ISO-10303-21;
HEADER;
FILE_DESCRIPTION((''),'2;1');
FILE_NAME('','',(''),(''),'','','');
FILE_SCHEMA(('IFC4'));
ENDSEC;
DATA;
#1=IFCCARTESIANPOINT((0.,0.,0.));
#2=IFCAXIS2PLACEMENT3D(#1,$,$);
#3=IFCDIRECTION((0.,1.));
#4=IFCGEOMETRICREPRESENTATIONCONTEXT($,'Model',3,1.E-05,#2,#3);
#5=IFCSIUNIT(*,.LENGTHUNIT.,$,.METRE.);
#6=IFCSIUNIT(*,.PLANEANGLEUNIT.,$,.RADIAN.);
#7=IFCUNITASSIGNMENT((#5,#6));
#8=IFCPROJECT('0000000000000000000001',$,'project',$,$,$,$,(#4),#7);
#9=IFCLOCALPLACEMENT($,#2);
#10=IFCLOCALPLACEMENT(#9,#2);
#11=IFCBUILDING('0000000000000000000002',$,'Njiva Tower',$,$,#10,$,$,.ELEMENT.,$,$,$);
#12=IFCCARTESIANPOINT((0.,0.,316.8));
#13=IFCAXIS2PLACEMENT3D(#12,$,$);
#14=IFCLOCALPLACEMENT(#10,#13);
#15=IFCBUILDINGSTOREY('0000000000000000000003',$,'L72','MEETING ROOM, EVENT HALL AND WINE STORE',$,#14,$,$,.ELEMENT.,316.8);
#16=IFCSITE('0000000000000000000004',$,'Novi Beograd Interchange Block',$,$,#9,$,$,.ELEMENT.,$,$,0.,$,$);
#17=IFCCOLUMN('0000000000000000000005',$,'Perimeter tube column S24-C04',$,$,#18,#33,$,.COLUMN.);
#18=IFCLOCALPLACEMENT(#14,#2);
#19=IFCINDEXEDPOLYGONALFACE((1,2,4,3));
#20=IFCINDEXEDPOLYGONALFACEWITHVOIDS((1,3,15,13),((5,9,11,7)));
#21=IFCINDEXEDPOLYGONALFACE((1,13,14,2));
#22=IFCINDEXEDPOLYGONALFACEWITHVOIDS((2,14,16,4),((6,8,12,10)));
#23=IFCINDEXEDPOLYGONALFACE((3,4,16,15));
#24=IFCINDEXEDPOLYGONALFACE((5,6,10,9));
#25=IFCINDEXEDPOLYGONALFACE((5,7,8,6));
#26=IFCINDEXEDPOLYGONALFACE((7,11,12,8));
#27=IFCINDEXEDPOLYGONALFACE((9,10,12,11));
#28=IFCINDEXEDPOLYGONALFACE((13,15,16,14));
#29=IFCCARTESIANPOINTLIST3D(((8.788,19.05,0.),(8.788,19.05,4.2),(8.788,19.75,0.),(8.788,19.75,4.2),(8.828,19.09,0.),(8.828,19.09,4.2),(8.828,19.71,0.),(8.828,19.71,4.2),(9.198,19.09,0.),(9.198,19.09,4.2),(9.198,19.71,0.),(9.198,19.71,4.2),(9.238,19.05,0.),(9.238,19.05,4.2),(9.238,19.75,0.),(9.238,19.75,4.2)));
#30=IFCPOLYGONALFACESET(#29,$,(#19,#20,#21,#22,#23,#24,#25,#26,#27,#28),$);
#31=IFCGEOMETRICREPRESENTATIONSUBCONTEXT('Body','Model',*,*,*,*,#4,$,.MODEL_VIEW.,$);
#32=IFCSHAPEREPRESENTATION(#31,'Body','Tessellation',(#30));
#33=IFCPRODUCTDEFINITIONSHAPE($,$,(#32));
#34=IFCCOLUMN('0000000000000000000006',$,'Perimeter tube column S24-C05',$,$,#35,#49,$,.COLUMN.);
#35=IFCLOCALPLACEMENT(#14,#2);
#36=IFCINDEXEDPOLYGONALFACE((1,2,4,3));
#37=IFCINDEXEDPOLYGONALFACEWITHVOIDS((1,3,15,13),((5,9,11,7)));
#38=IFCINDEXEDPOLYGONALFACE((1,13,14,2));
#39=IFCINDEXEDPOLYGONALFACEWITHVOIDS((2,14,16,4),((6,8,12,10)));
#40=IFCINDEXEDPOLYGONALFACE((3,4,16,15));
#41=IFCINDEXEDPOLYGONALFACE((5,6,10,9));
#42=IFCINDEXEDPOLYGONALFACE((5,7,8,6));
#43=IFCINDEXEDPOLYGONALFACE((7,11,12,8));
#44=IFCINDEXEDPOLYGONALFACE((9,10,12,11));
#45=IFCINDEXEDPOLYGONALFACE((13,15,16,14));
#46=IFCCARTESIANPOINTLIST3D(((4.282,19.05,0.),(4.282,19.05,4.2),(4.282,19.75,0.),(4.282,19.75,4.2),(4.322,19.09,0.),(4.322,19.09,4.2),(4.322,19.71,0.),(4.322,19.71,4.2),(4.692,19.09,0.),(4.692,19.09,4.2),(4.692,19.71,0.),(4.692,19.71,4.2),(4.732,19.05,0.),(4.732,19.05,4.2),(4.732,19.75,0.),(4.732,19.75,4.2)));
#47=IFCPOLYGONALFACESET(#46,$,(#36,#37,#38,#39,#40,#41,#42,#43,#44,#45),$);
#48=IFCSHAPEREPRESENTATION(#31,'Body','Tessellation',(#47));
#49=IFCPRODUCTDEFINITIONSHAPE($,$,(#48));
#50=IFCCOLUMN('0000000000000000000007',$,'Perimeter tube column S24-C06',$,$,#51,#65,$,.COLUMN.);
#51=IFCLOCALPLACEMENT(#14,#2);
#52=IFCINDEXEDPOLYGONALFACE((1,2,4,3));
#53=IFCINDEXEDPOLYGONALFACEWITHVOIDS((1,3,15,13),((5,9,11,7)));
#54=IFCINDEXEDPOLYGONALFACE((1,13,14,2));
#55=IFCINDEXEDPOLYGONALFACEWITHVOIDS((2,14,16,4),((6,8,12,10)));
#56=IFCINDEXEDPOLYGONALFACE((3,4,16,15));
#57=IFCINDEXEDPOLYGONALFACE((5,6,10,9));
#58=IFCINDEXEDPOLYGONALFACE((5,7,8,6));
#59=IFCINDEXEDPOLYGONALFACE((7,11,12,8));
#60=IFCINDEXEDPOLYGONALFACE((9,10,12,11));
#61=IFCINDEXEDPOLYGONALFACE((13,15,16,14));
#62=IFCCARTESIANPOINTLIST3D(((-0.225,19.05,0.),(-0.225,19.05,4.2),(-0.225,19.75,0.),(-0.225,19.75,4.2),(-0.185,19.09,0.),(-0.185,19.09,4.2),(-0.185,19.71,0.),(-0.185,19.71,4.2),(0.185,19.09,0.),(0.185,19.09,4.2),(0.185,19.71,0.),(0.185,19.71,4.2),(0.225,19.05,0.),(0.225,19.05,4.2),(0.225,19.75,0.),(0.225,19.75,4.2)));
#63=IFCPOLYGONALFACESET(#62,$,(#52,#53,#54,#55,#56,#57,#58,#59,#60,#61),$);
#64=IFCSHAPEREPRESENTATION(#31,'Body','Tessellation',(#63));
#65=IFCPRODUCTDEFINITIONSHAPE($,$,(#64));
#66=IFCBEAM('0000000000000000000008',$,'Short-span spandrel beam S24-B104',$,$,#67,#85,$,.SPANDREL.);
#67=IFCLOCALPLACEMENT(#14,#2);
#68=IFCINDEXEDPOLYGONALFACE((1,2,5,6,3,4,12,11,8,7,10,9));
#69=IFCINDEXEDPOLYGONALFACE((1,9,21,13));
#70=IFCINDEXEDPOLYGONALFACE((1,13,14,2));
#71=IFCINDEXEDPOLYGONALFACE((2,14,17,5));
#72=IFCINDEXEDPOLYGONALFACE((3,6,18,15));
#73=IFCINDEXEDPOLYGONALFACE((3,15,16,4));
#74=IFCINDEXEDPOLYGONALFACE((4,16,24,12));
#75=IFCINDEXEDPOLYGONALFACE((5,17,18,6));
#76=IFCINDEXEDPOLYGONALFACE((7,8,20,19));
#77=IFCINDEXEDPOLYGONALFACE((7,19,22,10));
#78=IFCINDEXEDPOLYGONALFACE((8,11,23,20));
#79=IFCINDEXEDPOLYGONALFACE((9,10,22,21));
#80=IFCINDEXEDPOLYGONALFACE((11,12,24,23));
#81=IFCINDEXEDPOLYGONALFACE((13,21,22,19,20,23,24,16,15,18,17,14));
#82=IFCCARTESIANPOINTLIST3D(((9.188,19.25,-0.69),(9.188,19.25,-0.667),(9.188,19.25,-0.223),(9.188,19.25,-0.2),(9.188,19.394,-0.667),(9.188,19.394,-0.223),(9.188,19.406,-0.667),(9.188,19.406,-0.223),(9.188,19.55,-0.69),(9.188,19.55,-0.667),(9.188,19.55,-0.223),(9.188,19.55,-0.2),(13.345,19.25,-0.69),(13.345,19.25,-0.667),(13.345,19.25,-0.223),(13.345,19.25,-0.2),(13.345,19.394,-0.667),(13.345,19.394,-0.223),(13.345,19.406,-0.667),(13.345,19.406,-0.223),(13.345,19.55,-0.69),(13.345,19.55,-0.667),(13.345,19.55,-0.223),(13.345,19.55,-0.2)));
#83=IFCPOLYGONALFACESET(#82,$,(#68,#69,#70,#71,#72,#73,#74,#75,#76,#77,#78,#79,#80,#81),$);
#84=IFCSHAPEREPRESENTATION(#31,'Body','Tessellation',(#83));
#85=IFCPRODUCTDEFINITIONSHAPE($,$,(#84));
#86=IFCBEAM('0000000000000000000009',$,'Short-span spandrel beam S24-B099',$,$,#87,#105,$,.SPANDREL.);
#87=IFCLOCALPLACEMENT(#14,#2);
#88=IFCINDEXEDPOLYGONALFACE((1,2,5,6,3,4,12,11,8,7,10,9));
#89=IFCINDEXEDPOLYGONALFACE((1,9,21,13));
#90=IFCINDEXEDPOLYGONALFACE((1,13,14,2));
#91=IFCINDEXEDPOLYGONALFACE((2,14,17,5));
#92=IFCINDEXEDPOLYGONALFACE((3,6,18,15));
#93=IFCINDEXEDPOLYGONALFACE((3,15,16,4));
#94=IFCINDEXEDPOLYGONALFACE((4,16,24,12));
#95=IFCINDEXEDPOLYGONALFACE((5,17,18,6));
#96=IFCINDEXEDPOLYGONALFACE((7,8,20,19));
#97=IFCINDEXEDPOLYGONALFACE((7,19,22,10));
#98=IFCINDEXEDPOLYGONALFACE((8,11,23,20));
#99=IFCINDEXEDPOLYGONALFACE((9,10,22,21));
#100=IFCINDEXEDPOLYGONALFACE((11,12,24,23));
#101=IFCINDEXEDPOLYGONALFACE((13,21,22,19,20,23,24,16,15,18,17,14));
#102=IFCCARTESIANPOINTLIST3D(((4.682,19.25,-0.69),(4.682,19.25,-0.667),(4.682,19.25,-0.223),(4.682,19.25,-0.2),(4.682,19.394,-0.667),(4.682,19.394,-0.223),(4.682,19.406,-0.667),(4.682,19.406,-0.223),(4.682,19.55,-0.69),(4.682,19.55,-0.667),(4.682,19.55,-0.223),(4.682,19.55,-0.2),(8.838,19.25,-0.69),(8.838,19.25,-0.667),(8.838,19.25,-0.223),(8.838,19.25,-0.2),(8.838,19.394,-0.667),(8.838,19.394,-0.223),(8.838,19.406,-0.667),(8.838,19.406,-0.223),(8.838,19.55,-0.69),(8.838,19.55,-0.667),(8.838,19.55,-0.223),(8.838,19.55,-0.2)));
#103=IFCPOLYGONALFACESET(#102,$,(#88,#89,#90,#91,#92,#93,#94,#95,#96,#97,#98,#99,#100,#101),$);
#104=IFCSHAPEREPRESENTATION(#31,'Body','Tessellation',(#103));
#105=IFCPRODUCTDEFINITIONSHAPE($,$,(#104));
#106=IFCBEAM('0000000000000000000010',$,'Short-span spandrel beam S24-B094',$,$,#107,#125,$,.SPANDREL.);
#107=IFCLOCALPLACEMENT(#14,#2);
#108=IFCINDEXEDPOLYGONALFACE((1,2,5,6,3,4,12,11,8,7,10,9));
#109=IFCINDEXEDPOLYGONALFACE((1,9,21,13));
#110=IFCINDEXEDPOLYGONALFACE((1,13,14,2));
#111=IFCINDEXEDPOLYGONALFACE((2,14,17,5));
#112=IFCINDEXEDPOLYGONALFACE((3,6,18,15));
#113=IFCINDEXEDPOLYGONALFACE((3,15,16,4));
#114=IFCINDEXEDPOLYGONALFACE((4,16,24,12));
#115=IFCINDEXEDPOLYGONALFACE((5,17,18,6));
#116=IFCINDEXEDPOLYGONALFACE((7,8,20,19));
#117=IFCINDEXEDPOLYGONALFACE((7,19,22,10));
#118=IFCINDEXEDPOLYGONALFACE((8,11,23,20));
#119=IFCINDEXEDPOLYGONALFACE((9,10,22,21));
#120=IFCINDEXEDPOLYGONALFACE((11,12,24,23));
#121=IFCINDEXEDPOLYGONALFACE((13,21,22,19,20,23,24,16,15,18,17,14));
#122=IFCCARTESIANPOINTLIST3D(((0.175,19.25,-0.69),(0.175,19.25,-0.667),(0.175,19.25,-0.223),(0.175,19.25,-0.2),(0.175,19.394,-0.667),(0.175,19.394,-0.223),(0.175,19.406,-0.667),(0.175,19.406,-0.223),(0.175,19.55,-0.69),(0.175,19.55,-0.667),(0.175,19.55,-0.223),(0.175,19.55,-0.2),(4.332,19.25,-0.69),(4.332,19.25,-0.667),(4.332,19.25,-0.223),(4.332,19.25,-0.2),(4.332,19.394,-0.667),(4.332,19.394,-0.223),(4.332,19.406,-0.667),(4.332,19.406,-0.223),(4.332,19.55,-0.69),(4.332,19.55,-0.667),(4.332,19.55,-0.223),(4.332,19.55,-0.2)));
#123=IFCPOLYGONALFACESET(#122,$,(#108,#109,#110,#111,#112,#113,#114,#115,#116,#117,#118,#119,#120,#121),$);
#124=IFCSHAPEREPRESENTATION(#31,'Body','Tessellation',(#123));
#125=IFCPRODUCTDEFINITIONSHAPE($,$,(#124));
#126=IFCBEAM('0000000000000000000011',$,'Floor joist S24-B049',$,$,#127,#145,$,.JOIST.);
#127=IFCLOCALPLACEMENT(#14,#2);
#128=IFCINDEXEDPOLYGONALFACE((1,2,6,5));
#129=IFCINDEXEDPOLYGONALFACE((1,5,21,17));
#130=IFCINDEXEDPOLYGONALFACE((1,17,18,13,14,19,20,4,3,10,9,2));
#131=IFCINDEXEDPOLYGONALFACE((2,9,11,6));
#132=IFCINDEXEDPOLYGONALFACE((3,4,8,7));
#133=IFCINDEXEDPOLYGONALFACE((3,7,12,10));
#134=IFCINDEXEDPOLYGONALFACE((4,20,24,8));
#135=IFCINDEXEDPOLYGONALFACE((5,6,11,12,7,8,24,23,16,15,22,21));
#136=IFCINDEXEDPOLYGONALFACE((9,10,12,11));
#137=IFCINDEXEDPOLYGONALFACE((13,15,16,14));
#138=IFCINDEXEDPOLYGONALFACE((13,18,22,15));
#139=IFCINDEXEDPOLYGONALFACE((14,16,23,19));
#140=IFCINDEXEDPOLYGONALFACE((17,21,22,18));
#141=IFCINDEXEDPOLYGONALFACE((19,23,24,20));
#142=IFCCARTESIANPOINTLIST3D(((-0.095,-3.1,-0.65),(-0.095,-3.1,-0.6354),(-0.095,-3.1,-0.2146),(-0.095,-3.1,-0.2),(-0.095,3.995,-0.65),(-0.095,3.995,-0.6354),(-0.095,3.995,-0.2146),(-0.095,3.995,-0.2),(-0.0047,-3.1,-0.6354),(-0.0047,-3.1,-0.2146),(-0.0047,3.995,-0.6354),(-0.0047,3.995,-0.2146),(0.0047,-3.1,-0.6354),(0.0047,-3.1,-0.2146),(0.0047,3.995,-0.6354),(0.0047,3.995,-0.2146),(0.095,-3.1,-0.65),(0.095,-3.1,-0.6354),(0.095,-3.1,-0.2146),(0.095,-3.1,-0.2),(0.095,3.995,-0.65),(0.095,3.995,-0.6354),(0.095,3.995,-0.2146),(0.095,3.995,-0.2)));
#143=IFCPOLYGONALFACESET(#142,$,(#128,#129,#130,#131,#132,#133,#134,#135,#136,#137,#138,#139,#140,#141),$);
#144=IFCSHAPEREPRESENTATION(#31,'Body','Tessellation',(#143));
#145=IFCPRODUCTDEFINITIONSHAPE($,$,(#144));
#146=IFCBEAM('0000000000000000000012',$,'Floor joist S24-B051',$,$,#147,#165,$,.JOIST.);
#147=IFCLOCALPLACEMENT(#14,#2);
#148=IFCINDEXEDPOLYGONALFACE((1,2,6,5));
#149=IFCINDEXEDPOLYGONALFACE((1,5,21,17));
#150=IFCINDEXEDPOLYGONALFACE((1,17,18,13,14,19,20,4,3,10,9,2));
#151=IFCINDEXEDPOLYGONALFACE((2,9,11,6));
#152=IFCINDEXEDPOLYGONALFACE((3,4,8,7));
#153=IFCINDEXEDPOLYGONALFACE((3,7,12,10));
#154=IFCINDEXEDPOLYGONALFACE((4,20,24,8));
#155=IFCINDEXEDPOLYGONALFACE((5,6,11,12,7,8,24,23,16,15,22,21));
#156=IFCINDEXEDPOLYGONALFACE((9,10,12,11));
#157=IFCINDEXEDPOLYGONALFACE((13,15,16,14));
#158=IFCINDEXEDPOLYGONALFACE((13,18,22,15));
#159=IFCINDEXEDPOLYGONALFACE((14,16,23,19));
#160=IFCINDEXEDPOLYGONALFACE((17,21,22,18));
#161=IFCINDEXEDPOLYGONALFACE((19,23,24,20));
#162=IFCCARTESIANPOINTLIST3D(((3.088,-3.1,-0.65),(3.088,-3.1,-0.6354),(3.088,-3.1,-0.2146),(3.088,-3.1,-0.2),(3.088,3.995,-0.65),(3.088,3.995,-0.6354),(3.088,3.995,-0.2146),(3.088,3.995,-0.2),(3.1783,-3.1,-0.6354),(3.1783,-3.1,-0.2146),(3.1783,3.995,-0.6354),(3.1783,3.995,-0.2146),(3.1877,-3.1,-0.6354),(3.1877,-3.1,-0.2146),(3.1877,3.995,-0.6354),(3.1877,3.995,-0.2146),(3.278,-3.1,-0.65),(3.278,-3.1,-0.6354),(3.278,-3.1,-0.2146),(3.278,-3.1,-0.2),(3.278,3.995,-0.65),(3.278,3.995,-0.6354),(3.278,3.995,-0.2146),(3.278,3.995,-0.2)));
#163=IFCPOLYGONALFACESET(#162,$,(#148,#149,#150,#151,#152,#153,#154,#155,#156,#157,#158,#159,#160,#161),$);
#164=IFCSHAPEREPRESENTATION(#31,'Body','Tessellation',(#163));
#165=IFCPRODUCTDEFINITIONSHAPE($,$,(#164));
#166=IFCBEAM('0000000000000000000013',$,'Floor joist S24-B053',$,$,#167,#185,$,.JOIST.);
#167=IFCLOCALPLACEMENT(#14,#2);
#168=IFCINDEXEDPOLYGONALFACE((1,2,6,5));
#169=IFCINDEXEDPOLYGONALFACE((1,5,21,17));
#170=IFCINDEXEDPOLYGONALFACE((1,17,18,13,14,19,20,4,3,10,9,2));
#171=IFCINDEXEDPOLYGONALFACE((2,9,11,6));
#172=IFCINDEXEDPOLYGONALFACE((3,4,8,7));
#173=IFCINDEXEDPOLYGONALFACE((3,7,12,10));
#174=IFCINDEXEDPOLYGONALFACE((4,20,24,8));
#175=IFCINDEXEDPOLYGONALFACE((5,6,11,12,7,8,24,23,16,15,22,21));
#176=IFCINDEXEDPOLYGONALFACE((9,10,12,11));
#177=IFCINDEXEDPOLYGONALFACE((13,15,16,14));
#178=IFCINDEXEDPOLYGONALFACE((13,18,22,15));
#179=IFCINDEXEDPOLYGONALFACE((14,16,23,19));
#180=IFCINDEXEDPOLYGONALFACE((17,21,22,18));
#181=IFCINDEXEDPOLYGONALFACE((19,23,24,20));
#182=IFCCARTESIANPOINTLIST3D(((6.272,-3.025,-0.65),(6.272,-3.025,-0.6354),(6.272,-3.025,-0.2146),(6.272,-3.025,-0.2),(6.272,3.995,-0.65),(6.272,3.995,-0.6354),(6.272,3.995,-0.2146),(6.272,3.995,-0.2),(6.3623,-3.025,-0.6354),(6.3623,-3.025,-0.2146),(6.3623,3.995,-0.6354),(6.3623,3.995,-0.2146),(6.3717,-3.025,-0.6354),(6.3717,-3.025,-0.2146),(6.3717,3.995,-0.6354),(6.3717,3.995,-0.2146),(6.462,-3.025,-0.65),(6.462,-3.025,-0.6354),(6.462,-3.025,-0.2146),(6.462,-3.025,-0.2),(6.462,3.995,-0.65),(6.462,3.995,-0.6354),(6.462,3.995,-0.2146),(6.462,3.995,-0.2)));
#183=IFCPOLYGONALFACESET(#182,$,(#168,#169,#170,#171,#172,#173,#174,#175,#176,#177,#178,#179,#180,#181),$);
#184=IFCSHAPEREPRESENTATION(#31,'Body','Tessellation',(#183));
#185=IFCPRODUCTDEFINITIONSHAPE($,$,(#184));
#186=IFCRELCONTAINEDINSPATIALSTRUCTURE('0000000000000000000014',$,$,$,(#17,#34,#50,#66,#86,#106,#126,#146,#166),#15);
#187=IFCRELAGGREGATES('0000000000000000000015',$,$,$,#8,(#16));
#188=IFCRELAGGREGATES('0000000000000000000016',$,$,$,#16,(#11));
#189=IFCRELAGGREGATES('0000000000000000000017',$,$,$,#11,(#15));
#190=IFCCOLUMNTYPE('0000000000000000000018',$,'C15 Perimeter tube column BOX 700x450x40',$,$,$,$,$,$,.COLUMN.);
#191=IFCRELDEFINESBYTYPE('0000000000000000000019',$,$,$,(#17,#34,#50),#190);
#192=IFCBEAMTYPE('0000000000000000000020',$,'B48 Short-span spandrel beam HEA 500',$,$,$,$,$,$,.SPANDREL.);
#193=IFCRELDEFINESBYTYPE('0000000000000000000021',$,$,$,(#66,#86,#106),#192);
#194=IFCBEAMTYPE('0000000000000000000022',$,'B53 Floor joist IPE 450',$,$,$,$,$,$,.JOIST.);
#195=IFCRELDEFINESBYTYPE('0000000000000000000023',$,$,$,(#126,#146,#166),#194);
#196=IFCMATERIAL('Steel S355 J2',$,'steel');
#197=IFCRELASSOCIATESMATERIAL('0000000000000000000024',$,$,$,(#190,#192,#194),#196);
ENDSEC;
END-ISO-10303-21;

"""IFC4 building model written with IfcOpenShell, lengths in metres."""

from ifc_helpers import new_model, si_unit, direction, frame, origin, origin_2d, place, context, subcontext, project, spatial, hollow_rectangle, i_section, extrude, material, material_profile, profile_set, type_object, element, save


model = new_model("IFC4")

# Units and contexts
model_context = context("Model", 3, precision=1e-05, world=origin(), true_north=direction((0.0, 1.0)))
body_context = subcontext(model_context, "Body", "Model", "MODEL_VIEW")
ifc_project = project(units=[si_unit("LENGTHUNIT", "METRE"), si_unit("PLANEANGLEUNIT", "RADIAN")], contexts=[model_context])

# Site, building, storey
site_placement = place(None, origin())
site = spatial("IfcSite", under=ifc_project, at=site_placement, Name="Novi Beograd Interchange Block", CompositionType="ELEMENT", RefElevation=0.0)
building_placement = place(site_placement, origin())
building = spatial("IfcBuilding", under=site, at=building_placement, Name="Njiva Tower", CompositionType="ELEMENT")
storey_placement = place(building_placement, frame((0.0, 0.0, 316.8)))
storey = spatial("IfcBuildingStorey", under=building, at=storey_placement, Name="L72", Description="MEETING ROOM, EVENT HALL AND WINE STORE", CompositionType="ELEMENT", Elevation=316.8)

# Columns
ifc_material_1 = material(Name="Steel S355 J2", Category="steel")
ifc_material_profile_1 = material_profile(ifc_material_1, hollow_rectangle(XDim=0.45, YDim=0.7, WallThickness=0.04, at=origin_2d()), Name="BOX 700x450x40")
ifc_profile_set_1 = profile_set([ifc_material_profile_1], Name="Steel S355 J2")
column_type = type_object("IfcColumnType", Name="C15 Perimeter tube column BOX 700x450x40", PredefinedType="COLUMN", material=ifc_profile_set_1)
for number, where, z_axis, x_axis, name in (
    (1, (9.013, 19.4, 0.0), (0.0, 0.0, 1.0), (-1.0, 0.0, 0.0), "Perimeter tube column S24-C04"),
    (2, (4.507, 19.4, 0.0), (0.0, 0.0, 1.0), (-1.0, 0.0, 0.0), "Perimeter tube column S24-C05"),
    (3, (0.0, 19.4, 0.0), (0.0, 0.0, 1.0), (-1.0, 0.0, 0.0), "Perimeter tube column S24-C06"),
):
    element("IfcColumn", number, at=place(storey_placement, frame(where, z_axis=z_axis, x_axis=x_axis)), inside=storey, type_object=column_type, Name=name, PredefinedType="COLUMN", context=body_context, shape_type="SweptSolid", body=[
        extrude(hollow_rectangle(XDim=0.45, YDim=0.7, WallThickness=0.04, at=origin_2d()), origin(), (0.0, 0.0, 1.0), 4.2),
    ])

# Beams
ifc_material_profile_2 = material_profile(ifc_material_1, i_section(OverallWidth=0.3, OverallDepth=0.49, WebThickness=0.012, FlangeThickness=0.023, at=origin_2d()), Name="HEA 500")
ifc_profile_set_2 = profile_set([ifc_material_profile_2], Name="Steel S355 J2")
beam_type_1 = type_object("IfcBeamType", Name="B48 Short-span spandrel beam HEA 500", PredefinedType="SPANDREL", material=ifc_profile_set_2)
beam_1_placement = place(storey_placement, frame((13.345, 19.4, -0.445), z_axis=(-1.0, 0.0, 0.0), x_axis=(0.0, -1.0, 0.0)))
element("IfcBeam", 4, at=beam_1_placement, inside=storey, type_object=beam_type_1, Name="Short-span spandrel beam S24-B104", PredefinedType="SPANDREL", context=body_context, shape_type="SweptSolid", body=[
    extrude(i_section(OverallWidth=0.3, OverallDepth=0.49, WebThickness=0.012, FlangeThickness=0.023, at=origin_2d()), origin(), (0.0, 0.0, 1.0), 4.157),
])
beam_2_placement = place(storey_placement, frame((8.838, 19.4, -0.445), z_axis=(-1.0, 0.0, 0.0), x_axis=(0.0, -1.0, 0.0)))
element("IfcBeam", 5, at=beam_2_placement, inside=storey, type_object=beam_type_1, Name="Short-span spandrel beam S24-B099", PredefinedType="SPANDREL", context=body_context, shape_type="SweptSolid", body=[
    extrude(i_section(OverallWidth=0.3, OverallDepth=0.49, WebThickness=0.012, FlangeThickness=0.023, at=origin_2d()), origin(), (0.0, 0.0, 1.0), 4.156),
])
beam_3_placement = place(storey_placement, frame((4.332, 19.4, -0.445), z_axis=(-1.0, 0.0, 0.0), x_axis=(0.0, -1.0, 0.0)))
element("IfcBeam", 6, at=beam_3_placement, inside=storey, type_object=beam_type_1, Name="Short-span spandrel beam S24-B094", PredefinedType="SPANDREL", context=body_context, shape_type="SweptSolid", body=[
    extrude(i_section(OverallWidth=0.3, OverallDepth=0.49, WebThickness=0.012, FlangeThickness=0.023, at=origin_2d()), origin(), (0.0, 0.0, 1.0), 4.157),
])
ifc_material_profile_3 = material_profile(ifc_material_1, i_section(OverallWidth=0.19, OverallDepth=0.45, WebThickness=0.0094, FlangeThickness=0.0146, at=origin_2d()), Name="IPE 450")
ifc_profile_set_3 = profile_set([ifc_material_profile_3], Name="Steel S355 J2")
beam_type_2 = type_object("IfcBeamType", Name="B53 Floor joist IPE 450", PredefinedType="JOIST", material=ifc_profile_set_3)
for number, where, z_axis, x_axis, name in (
    (7, (0.0, 3.995, -0.425), (0.0, -1.0, 0.0), (1.0, 0.0, 0.0), "Floor joist S24-B049"),
    (8, (3.183, 3.995, -0.425), (0.0, -1.0, 0.0), (1.0, 0.0, 0.0), "Floor joist S24-B051"),
):
    element("IfcBeam", number, at=place(storey_placement, frame(where, z_axis=z_axis, x_axis=x_axis)), inside=storey, type_object=beam_type_2, Name=name, PredefinedType="JOIST", context=body_context, shape_type="SweptSolid", body=[
        extrude(i_section(OverallWidth=0.19, OverallDepth=0.45, WebThickness=0.0094, FlangeThickness=0.0146, at=origin_2d()), origin(), (0.0, 0.0, 1.0), 7.095),
    ])
beam_4_placement = place(storey_placement, frame((6.367, 3.995, -0.425), z_axis=(0.0, -1.0, 0.0), x_axis=(1.0, 0.0, 0.0)))
element("IfcBeam", 9, at=beam_4_placement, inside=storey, type_object=beam_type_2, Name="Floor joist S24-B053", PredefinedType="JOIST", context=body_context, shape_type="SweptSolid", body=[
    extrude(i_section(OverallWidth=0.19, OverallDepth=0.45, WebThickness=0.0094, FlangeThickness=0.0146, at=origin_2d()), origin(), (0.0, 0.0, 1.0), 7.02),
])

save(model, "model.ifc")
